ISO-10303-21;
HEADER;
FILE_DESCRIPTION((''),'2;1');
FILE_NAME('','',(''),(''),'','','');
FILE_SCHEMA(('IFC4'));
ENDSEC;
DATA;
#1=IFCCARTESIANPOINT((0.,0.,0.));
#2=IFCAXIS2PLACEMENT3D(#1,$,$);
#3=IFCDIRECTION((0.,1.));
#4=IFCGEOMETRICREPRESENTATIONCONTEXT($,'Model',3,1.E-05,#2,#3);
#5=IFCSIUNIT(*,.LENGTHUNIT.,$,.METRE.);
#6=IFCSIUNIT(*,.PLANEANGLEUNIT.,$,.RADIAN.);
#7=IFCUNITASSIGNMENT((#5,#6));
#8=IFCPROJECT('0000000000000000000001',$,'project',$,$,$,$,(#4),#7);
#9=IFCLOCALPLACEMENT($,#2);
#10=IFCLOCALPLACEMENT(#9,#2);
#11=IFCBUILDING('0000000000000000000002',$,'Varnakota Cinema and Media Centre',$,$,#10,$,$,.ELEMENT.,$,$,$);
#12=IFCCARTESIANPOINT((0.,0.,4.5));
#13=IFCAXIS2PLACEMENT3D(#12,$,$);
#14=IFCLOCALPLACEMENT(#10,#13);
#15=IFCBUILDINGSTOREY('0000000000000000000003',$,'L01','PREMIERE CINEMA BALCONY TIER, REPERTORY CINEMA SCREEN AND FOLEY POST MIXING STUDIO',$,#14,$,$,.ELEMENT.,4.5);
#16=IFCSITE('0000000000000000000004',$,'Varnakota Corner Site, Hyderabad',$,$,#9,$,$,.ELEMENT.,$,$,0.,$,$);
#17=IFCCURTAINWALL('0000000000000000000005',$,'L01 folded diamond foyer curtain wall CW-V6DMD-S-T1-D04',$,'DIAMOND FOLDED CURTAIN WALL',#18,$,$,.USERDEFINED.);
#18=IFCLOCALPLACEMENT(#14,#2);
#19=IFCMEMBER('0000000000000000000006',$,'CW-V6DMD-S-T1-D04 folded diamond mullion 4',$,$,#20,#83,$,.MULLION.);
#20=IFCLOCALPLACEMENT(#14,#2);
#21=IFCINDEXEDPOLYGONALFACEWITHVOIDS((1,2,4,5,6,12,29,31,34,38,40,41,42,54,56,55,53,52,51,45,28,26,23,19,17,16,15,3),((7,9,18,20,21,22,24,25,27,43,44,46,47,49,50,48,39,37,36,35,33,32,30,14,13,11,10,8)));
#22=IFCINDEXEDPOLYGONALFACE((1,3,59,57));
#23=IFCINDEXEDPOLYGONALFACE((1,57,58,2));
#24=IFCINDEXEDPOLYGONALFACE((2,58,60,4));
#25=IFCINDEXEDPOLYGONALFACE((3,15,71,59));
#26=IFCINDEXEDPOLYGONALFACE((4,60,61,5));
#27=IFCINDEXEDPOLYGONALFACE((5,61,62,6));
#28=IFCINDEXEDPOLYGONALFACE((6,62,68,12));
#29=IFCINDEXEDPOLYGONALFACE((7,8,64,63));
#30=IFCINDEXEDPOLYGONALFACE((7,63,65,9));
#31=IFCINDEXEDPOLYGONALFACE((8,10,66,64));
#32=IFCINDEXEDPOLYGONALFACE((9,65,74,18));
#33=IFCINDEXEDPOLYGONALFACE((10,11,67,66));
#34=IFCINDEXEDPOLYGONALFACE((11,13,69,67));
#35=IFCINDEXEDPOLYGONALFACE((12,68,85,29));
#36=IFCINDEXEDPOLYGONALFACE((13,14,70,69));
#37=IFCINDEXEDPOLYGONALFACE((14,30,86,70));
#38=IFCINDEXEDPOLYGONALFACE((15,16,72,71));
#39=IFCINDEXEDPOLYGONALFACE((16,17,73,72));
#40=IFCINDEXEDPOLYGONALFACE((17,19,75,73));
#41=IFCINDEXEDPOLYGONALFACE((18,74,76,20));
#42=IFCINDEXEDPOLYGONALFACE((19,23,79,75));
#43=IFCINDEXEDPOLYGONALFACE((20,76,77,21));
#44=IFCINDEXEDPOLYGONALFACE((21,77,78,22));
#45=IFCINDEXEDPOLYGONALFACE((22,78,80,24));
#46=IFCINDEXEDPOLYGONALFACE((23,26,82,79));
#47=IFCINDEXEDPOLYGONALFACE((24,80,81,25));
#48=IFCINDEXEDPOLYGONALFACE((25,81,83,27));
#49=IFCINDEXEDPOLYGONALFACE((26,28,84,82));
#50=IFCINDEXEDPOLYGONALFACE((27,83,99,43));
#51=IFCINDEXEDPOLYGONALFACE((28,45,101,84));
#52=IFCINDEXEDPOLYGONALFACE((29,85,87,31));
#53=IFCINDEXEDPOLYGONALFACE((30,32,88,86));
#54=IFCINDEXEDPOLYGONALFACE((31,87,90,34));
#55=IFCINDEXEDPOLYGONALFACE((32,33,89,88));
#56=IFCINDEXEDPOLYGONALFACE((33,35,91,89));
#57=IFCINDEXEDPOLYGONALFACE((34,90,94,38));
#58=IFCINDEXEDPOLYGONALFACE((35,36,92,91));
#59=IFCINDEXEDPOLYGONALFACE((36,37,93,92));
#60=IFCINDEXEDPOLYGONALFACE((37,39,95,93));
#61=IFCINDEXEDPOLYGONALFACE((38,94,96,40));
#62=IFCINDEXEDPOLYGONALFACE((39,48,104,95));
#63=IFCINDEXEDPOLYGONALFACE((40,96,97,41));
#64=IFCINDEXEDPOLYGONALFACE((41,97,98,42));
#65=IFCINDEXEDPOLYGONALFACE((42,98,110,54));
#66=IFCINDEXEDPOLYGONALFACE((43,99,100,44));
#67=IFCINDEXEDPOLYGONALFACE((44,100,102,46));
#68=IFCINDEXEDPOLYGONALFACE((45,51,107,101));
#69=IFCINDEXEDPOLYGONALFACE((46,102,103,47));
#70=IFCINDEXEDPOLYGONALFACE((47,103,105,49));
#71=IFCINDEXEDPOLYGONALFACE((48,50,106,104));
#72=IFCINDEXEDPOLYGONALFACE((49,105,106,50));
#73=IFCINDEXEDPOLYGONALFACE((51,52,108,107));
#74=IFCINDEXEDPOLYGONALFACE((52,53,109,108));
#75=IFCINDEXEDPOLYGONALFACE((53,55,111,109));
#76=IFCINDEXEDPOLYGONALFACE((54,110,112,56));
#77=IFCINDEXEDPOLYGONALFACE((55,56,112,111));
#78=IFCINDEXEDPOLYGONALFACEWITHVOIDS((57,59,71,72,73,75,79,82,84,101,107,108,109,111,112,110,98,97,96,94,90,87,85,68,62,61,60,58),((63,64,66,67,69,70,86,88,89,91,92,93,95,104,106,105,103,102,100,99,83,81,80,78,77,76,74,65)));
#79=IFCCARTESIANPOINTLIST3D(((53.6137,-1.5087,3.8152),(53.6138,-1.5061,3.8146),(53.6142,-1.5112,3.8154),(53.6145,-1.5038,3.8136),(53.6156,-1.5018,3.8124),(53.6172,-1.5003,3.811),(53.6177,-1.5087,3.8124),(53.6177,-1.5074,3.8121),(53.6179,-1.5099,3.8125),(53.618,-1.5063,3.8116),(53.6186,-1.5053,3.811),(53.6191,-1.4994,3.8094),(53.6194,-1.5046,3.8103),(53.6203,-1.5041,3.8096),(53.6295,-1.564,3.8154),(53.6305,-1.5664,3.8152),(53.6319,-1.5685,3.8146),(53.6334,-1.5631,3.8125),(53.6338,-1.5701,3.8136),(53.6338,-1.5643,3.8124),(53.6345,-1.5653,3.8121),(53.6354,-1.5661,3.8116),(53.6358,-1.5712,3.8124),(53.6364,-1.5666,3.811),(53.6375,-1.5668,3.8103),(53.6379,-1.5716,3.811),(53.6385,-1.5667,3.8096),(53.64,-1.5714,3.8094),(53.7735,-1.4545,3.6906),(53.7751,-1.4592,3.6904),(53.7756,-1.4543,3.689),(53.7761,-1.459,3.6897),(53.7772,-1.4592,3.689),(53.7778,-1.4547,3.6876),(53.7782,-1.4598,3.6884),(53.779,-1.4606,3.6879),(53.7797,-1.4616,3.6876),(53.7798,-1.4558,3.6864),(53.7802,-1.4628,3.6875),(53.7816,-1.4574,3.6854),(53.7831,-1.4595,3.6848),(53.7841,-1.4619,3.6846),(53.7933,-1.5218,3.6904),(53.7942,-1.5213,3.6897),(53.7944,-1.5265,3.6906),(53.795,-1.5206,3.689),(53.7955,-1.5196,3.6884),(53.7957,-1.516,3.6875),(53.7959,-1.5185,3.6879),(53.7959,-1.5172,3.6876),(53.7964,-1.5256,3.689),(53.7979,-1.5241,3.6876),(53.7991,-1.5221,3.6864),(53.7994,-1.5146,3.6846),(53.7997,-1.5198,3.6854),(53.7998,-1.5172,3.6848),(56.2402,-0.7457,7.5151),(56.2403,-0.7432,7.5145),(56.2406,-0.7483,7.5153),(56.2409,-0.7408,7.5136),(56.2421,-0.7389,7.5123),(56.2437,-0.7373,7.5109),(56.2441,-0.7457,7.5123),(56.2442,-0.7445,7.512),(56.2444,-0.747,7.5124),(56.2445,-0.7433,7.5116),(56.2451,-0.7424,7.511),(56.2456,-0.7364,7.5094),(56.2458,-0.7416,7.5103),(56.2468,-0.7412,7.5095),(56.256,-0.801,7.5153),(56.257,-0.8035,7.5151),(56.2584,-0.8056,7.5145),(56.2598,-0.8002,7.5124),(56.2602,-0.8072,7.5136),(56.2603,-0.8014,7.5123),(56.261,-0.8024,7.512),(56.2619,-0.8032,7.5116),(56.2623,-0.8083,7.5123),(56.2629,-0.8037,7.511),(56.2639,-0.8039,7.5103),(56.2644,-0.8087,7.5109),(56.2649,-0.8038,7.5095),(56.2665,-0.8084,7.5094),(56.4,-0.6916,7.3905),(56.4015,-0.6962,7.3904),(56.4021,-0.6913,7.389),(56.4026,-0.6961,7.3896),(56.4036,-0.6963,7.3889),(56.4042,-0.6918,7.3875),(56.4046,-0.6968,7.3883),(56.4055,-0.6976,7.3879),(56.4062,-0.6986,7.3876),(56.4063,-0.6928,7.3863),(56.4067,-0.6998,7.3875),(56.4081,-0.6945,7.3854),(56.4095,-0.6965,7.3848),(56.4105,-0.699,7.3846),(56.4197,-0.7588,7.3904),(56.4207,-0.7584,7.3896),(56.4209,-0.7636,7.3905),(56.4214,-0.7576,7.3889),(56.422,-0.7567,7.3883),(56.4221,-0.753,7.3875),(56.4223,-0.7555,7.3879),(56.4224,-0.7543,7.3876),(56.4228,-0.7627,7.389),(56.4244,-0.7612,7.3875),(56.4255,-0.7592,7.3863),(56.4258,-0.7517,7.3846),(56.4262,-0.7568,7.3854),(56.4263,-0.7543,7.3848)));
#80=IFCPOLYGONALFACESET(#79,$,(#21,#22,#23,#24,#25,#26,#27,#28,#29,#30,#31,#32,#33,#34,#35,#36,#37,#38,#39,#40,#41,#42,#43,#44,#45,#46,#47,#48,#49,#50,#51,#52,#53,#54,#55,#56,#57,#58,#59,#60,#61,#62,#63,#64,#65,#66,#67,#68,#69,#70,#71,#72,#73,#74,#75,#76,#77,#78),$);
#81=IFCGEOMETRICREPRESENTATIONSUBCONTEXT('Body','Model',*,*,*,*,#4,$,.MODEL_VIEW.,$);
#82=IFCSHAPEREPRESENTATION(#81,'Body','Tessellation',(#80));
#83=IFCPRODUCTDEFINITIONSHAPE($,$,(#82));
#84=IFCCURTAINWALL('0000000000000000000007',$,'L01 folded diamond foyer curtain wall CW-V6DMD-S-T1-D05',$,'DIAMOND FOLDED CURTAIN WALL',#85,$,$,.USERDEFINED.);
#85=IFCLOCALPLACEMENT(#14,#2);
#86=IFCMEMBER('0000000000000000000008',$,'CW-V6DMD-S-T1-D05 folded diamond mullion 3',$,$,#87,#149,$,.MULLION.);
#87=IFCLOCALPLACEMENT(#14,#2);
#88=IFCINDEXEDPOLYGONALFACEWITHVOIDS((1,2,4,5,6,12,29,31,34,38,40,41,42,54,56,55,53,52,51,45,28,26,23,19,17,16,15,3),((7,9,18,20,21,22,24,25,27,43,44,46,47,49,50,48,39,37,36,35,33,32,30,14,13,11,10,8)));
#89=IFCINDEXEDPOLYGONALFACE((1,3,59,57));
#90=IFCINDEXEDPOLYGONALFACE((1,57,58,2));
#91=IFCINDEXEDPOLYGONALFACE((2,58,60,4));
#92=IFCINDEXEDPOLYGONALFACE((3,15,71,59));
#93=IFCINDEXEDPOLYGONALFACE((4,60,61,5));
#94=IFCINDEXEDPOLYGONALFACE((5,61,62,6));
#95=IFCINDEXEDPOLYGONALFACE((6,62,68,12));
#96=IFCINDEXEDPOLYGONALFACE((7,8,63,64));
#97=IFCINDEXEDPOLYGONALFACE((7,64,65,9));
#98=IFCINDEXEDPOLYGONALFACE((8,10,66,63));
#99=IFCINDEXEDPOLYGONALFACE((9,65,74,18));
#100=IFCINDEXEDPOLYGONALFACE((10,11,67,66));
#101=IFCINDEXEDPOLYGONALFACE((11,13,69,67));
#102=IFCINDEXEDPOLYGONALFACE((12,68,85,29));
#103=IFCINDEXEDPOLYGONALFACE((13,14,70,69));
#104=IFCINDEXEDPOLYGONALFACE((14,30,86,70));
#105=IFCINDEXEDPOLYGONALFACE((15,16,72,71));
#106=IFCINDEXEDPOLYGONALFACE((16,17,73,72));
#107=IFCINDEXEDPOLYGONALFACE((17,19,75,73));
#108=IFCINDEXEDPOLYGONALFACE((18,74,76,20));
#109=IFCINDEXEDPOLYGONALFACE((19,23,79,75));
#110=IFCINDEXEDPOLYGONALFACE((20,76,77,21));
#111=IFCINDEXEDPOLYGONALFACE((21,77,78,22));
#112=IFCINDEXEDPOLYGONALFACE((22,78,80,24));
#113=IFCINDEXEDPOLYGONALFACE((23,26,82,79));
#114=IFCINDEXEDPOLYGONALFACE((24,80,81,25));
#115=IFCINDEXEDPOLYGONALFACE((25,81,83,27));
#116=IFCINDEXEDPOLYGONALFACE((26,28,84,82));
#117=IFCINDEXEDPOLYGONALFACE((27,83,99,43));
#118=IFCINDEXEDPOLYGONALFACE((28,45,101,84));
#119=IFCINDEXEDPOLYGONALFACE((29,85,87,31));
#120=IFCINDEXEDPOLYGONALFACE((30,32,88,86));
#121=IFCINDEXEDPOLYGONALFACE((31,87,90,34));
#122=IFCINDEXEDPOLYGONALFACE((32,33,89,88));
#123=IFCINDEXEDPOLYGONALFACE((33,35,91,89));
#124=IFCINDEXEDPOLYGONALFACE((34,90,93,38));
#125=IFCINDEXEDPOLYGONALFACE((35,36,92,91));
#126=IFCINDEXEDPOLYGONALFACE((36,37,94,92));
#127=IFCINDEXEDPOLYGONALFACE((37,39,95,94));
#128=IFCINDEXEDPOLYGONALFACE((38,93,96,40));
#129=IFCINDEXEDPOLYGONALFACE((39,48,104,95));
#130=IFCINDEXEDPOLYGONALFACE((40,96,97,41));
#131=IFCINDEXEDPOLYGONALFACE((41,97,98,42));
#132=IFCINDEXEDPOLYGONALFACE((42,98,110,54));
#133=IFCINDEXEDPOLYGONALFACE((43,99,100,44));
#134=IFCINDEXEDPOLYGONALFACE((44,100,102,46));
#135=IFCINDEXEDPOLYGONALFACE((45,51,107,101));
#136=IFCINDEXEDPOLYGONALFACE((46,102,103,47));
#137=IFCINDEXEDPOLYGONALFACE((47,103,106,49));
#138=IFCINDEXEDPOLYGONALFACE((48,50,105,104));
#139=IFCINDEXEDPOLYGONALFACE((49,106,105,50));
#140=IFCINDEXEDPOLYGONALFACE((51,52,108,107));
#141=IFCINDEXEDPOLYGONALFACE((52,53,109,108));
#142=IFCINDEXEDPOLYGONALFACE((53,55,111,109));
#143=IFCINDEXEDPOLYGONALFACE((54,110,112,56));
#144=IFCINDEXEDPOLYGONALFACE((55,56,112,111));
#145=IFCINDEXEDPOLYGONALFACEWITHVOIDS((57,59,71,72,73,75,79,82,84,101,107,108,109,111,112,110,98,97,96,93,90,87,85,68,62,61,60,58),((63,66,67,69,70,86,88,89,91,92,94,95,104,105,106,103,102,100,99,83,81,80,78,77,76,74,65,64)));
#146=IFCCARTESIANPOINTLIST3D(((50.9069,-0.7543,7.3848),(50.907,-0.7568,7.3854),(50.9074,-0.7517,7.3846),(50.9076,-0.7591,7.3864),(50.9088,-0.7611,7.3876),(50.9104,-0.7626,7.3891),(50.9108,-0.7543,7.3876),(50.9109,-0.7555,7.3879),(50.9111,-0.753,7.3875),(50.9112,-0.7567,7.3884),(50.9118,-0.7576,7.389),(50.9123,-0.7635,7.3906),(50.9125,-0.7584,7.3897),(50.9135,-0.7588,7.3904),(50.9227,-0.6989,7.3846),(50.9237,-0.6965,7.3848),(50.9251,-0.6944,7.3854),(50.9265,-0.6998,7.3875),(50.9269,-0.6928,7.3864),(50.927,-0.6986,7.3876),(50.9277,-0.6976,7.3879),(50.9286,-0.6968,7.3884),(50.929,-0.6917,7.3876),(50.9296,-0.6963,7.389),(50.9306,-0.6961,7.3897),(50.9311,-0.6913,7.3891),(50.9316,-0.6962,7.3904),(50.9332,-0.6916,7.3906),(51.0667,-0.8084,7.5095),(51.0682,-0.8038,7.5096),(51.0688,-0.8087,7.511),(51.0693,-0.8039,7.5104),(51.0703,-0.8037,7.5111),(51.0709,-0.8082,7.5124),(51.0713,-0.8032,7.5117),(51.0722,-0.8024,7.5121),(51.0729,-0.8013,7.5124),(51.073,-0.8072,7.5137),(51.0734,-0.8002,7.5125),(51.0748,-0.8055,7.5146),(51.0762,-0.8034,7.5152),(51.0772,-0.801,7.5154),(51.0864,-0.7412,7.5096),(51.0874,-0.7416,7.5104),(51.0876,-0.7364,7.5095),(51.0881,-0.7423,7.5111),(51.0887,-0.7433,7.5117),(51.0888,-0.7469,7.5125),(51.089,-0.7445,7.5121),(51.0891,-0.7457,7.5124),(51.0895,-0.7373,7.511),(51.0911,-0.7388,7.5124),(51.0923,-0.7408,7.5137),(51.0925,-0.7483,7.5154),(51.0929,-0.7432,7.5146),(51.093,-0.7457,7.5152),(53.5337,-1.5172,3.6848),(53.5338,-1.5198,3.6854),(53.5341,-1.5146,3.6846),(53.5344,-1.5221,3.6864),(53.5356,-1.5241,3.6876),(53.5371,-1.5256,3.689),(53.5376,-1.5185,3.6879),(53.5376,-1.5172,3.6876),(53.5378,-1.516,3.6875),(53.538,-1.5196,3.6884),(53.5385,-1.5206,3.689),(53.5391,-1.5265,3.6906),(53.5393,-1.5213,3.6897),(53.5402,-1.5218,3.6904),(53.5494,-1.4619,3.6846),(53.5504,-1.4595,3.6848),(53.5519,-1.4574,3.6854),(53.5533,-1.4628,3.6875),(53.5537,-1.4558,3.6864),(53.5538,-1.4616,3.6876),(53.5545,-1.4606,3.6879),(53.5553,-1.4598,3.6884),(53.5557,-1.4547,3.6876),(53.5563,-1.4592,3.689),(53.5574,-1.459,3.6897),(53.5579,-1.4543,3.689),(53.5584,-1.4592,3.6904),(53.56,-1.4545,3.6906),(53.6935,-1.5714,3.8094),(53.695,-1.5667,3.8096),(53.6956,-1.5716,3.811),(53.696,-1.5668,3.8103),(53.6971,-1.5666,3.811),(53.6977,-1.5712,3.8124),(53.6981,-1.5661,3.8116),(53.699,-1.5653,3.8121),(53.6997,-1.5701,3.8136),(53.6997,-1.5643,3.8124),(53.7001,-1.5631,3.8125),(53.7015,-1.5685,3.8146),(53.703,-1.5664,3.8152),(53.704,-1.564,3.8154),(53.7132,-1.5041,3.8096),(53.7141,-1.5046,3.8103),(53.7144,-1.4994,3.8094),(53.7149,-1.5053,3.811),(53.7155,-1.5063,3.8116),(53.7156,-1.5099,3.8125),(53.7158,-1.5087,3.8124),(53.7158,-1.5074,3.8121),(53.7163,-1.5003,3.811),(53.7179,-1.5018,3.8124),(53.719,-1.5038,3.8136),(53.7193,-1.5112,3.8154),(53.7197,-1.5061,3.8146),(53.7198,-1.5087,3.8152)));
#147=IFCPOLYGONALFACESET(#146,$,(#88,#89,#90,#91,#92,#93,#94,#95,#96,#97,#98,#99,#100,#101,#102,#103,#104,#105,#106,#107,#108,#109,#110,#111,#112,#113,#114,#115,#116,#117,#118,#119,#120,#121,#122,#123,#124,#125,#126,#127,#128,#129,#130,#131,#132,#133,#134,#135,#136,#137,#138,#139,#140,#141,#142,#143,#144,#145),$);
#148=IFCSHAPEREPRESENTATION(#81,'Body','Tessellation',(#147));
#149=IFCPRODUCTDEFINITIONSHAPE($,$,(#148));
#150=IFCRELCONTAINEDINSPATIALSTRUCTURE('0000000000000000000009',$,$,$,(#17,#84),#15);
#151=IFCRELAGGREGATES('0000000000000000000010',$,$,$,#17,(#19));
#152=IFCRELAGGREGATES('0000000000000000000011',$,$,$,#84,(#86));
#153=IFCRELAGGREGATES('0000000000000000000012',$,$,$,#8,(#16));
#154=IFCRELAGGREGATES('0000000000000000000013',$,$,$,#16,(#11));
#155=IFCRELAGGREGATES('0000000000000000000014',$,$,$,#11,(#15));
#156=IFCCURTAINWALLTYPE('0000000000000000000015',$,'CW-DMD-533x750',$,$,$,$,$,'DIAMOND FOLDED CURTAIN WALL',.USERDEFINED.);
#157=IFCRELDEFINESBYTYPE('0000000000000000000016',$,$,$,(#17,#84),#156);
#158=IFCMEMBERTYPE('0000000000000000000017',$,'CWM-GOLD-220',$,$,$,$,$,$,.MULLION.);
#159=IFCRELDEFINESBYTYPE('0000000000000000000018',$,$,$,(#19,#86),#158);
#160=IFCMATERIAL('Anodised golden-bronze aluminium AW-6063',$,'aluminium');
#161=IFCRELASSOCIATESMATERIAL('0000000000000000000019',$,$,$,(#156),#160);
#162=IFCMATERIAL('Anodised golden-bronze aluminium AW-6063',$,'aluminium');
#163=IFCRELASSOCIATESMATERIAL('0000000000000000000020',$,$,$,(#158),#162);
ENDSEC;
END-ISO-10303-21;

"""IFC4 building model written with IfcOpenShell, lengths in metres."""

from ifc_helpers import new_model, si_unit, direction, frame, origin, origin_2d, place, context, subcontext, project, spatial, hollow_rectangle, extrude, material, material_profile, profile_set, type_object, element, aggregate, save


model = new_model("IFC4")

# Units and contexts
model_context = context("Model", 3, precision=1e-05, world=origin(), true_north=direction((0.0, 1.0)))
body_context = subcontext(model_context, "Body", "Model", "MODEL_VIEW")
ifc_project = project(units=[si_unit("LENGTHUNIT", "METRE"), si_unit("PLANEANGLEUNIT", "RADIAN")], contexts=[model_context])

# Site, building, storey
site_placement = place(None, origin())
site = spatial("IfcSite", under=ifc_project, at=site_placement, Name="Varnakota Corner Site, Hyderabad", CompositionType="ELEMENT", RefElevation=0.0)
building_placement = place(site_placement, origin())
building = spatial("IfcBuilding", under=site, at=building_placement, Name="Varnakota Cinema and Media Centre", CompositionType="ELEMENT")
storey_placement = place(building_placement, frame((0.0, 0.0, 4.5)))
storey = spatial("IfcBuildingStorey", under=building, at=storey_placement, Name="L01", Description="PREMIERE CINEMA BALCONY TIER, REPERTORY CINEMA SCREEN AND FOLEY POST MIXING STUDIO", CompositionType="ELEMENT", Elevation=4.5)

# Shared definitions
ifc_material_1 = material(Name="Anodised golden-bronze aluminium AW-6063", Category="aluminium")
curtain_wall_type = type_object("IfcCurtainWallType", Name="CW-DMD-533x750", ElementType="DIAMOND FOLDED CURTAIN WALL", PredefinedType="USERDEFINED", material=ifc_material_1)
ifc_material_2 = material(Name="Anodised golden-bronze aluminium AW-6063", Category="aluminium")
ifc_material_profile_1 = material_profile(ifc_material_2, hollow_rectangle(XDim=0.075, YDim=0.22, WallThickness=0.0049, InnerFilletRadius=0.0049, OuterFilletRadius=0.01, at=origin_2d()), Name="AL-MULLION 220x75x5")
ifc_profile_set_1 = profile_set([ifc_material_profile_1], Name="Anodised golden-bronze aluminium AW-6063")
member_type_1 = type_object("IfcMemberType", Name="CWM-GOLD-220", PredefinedType="MULLION", material=ifc_profile_set_1)

# Curtain wall, member
curtain_wall_1_placement = place(storey_placement, origin())
curtain_wall_1 = element("IfcCurtainWall", 1, at=curtain_wall_1_placement, inside=storey, type_object=curtain_wall_type, Name="L01 folded diamond foyer curtain wall CW-V6DMD-S-T1-D04", ObjectType="DIAMOND FOLDED CURTAIN WALL", PredefinedType="USERDEFINED")
member_1_placement = place(storey_placement, frame((53.7068, -1.5129, 3.75), z_axis=(0.570835, 0.165817, 0.804147), x_axis=(-0.278951, 0.960305, 0.0)))
member_1 = element("IfcMember", 2, at=member_1_placement, type_object=member_type_1, Name="CW-V6DMD-S-T1-D04 folded diamond mullion 4", PredefinedType="MULLION", context=body_context, shape_type="SweptSolid", body=[
    extrude(hollow_rectangle(XDim=0.075, YDim=0.22, WallThickness=0.0049, InnerFilletRadius=0.0049, OuterFilletRadius=0.01, at=origin_2d()), origin(), (0.0, 0.0, 1.0), 4.6011),
])

# Curtain wall, member
curtain_wall_2_placement = place(storey_placement, origin())
curtain_wall_2 = element("IfcCurtainWall", 3, at=curtain_wall_2_placement, inside=storey, type_object=curtain_wall_type, Name="L01 folded diamond foyer curtain wall CW-V6DMD-S-T1-D05", ObjectType="DIAMOND FOLDED CURTAIN WALL", PredefinedType="USERDEFINED")
member_2_placement = place(storey_placement, frame((53.6267, -1.5129, 3.75), z_axis=(-0.570871, 0.165812, 0.804122), x_axis=(-0.278927, -0.960312, 0.0)))
member_2 = element("IfcMember", 4, at=member_2_placement, type_object=member_type_1, Name="CW-V6DMD-S-T1-D05 folded diamond mullion 3", PredefinedType="MULLION", context=body_context, shape_type="SweptSolid", body=[
    extrude(hollow_rectangle(XDim=0.075, YDim=0.22, WallThickness=0.0049, InnerFilletRadius=0.0049, OuterFilletRadius=0.01, at=origin_2d()), origin(), (0.0, 0.0, 1.0), 4.6013),
])

aggregate(curtain_wall_1, [member_1])
aggregate(curtain_wall_2, [member_2])

save(model, "model.ifc")
